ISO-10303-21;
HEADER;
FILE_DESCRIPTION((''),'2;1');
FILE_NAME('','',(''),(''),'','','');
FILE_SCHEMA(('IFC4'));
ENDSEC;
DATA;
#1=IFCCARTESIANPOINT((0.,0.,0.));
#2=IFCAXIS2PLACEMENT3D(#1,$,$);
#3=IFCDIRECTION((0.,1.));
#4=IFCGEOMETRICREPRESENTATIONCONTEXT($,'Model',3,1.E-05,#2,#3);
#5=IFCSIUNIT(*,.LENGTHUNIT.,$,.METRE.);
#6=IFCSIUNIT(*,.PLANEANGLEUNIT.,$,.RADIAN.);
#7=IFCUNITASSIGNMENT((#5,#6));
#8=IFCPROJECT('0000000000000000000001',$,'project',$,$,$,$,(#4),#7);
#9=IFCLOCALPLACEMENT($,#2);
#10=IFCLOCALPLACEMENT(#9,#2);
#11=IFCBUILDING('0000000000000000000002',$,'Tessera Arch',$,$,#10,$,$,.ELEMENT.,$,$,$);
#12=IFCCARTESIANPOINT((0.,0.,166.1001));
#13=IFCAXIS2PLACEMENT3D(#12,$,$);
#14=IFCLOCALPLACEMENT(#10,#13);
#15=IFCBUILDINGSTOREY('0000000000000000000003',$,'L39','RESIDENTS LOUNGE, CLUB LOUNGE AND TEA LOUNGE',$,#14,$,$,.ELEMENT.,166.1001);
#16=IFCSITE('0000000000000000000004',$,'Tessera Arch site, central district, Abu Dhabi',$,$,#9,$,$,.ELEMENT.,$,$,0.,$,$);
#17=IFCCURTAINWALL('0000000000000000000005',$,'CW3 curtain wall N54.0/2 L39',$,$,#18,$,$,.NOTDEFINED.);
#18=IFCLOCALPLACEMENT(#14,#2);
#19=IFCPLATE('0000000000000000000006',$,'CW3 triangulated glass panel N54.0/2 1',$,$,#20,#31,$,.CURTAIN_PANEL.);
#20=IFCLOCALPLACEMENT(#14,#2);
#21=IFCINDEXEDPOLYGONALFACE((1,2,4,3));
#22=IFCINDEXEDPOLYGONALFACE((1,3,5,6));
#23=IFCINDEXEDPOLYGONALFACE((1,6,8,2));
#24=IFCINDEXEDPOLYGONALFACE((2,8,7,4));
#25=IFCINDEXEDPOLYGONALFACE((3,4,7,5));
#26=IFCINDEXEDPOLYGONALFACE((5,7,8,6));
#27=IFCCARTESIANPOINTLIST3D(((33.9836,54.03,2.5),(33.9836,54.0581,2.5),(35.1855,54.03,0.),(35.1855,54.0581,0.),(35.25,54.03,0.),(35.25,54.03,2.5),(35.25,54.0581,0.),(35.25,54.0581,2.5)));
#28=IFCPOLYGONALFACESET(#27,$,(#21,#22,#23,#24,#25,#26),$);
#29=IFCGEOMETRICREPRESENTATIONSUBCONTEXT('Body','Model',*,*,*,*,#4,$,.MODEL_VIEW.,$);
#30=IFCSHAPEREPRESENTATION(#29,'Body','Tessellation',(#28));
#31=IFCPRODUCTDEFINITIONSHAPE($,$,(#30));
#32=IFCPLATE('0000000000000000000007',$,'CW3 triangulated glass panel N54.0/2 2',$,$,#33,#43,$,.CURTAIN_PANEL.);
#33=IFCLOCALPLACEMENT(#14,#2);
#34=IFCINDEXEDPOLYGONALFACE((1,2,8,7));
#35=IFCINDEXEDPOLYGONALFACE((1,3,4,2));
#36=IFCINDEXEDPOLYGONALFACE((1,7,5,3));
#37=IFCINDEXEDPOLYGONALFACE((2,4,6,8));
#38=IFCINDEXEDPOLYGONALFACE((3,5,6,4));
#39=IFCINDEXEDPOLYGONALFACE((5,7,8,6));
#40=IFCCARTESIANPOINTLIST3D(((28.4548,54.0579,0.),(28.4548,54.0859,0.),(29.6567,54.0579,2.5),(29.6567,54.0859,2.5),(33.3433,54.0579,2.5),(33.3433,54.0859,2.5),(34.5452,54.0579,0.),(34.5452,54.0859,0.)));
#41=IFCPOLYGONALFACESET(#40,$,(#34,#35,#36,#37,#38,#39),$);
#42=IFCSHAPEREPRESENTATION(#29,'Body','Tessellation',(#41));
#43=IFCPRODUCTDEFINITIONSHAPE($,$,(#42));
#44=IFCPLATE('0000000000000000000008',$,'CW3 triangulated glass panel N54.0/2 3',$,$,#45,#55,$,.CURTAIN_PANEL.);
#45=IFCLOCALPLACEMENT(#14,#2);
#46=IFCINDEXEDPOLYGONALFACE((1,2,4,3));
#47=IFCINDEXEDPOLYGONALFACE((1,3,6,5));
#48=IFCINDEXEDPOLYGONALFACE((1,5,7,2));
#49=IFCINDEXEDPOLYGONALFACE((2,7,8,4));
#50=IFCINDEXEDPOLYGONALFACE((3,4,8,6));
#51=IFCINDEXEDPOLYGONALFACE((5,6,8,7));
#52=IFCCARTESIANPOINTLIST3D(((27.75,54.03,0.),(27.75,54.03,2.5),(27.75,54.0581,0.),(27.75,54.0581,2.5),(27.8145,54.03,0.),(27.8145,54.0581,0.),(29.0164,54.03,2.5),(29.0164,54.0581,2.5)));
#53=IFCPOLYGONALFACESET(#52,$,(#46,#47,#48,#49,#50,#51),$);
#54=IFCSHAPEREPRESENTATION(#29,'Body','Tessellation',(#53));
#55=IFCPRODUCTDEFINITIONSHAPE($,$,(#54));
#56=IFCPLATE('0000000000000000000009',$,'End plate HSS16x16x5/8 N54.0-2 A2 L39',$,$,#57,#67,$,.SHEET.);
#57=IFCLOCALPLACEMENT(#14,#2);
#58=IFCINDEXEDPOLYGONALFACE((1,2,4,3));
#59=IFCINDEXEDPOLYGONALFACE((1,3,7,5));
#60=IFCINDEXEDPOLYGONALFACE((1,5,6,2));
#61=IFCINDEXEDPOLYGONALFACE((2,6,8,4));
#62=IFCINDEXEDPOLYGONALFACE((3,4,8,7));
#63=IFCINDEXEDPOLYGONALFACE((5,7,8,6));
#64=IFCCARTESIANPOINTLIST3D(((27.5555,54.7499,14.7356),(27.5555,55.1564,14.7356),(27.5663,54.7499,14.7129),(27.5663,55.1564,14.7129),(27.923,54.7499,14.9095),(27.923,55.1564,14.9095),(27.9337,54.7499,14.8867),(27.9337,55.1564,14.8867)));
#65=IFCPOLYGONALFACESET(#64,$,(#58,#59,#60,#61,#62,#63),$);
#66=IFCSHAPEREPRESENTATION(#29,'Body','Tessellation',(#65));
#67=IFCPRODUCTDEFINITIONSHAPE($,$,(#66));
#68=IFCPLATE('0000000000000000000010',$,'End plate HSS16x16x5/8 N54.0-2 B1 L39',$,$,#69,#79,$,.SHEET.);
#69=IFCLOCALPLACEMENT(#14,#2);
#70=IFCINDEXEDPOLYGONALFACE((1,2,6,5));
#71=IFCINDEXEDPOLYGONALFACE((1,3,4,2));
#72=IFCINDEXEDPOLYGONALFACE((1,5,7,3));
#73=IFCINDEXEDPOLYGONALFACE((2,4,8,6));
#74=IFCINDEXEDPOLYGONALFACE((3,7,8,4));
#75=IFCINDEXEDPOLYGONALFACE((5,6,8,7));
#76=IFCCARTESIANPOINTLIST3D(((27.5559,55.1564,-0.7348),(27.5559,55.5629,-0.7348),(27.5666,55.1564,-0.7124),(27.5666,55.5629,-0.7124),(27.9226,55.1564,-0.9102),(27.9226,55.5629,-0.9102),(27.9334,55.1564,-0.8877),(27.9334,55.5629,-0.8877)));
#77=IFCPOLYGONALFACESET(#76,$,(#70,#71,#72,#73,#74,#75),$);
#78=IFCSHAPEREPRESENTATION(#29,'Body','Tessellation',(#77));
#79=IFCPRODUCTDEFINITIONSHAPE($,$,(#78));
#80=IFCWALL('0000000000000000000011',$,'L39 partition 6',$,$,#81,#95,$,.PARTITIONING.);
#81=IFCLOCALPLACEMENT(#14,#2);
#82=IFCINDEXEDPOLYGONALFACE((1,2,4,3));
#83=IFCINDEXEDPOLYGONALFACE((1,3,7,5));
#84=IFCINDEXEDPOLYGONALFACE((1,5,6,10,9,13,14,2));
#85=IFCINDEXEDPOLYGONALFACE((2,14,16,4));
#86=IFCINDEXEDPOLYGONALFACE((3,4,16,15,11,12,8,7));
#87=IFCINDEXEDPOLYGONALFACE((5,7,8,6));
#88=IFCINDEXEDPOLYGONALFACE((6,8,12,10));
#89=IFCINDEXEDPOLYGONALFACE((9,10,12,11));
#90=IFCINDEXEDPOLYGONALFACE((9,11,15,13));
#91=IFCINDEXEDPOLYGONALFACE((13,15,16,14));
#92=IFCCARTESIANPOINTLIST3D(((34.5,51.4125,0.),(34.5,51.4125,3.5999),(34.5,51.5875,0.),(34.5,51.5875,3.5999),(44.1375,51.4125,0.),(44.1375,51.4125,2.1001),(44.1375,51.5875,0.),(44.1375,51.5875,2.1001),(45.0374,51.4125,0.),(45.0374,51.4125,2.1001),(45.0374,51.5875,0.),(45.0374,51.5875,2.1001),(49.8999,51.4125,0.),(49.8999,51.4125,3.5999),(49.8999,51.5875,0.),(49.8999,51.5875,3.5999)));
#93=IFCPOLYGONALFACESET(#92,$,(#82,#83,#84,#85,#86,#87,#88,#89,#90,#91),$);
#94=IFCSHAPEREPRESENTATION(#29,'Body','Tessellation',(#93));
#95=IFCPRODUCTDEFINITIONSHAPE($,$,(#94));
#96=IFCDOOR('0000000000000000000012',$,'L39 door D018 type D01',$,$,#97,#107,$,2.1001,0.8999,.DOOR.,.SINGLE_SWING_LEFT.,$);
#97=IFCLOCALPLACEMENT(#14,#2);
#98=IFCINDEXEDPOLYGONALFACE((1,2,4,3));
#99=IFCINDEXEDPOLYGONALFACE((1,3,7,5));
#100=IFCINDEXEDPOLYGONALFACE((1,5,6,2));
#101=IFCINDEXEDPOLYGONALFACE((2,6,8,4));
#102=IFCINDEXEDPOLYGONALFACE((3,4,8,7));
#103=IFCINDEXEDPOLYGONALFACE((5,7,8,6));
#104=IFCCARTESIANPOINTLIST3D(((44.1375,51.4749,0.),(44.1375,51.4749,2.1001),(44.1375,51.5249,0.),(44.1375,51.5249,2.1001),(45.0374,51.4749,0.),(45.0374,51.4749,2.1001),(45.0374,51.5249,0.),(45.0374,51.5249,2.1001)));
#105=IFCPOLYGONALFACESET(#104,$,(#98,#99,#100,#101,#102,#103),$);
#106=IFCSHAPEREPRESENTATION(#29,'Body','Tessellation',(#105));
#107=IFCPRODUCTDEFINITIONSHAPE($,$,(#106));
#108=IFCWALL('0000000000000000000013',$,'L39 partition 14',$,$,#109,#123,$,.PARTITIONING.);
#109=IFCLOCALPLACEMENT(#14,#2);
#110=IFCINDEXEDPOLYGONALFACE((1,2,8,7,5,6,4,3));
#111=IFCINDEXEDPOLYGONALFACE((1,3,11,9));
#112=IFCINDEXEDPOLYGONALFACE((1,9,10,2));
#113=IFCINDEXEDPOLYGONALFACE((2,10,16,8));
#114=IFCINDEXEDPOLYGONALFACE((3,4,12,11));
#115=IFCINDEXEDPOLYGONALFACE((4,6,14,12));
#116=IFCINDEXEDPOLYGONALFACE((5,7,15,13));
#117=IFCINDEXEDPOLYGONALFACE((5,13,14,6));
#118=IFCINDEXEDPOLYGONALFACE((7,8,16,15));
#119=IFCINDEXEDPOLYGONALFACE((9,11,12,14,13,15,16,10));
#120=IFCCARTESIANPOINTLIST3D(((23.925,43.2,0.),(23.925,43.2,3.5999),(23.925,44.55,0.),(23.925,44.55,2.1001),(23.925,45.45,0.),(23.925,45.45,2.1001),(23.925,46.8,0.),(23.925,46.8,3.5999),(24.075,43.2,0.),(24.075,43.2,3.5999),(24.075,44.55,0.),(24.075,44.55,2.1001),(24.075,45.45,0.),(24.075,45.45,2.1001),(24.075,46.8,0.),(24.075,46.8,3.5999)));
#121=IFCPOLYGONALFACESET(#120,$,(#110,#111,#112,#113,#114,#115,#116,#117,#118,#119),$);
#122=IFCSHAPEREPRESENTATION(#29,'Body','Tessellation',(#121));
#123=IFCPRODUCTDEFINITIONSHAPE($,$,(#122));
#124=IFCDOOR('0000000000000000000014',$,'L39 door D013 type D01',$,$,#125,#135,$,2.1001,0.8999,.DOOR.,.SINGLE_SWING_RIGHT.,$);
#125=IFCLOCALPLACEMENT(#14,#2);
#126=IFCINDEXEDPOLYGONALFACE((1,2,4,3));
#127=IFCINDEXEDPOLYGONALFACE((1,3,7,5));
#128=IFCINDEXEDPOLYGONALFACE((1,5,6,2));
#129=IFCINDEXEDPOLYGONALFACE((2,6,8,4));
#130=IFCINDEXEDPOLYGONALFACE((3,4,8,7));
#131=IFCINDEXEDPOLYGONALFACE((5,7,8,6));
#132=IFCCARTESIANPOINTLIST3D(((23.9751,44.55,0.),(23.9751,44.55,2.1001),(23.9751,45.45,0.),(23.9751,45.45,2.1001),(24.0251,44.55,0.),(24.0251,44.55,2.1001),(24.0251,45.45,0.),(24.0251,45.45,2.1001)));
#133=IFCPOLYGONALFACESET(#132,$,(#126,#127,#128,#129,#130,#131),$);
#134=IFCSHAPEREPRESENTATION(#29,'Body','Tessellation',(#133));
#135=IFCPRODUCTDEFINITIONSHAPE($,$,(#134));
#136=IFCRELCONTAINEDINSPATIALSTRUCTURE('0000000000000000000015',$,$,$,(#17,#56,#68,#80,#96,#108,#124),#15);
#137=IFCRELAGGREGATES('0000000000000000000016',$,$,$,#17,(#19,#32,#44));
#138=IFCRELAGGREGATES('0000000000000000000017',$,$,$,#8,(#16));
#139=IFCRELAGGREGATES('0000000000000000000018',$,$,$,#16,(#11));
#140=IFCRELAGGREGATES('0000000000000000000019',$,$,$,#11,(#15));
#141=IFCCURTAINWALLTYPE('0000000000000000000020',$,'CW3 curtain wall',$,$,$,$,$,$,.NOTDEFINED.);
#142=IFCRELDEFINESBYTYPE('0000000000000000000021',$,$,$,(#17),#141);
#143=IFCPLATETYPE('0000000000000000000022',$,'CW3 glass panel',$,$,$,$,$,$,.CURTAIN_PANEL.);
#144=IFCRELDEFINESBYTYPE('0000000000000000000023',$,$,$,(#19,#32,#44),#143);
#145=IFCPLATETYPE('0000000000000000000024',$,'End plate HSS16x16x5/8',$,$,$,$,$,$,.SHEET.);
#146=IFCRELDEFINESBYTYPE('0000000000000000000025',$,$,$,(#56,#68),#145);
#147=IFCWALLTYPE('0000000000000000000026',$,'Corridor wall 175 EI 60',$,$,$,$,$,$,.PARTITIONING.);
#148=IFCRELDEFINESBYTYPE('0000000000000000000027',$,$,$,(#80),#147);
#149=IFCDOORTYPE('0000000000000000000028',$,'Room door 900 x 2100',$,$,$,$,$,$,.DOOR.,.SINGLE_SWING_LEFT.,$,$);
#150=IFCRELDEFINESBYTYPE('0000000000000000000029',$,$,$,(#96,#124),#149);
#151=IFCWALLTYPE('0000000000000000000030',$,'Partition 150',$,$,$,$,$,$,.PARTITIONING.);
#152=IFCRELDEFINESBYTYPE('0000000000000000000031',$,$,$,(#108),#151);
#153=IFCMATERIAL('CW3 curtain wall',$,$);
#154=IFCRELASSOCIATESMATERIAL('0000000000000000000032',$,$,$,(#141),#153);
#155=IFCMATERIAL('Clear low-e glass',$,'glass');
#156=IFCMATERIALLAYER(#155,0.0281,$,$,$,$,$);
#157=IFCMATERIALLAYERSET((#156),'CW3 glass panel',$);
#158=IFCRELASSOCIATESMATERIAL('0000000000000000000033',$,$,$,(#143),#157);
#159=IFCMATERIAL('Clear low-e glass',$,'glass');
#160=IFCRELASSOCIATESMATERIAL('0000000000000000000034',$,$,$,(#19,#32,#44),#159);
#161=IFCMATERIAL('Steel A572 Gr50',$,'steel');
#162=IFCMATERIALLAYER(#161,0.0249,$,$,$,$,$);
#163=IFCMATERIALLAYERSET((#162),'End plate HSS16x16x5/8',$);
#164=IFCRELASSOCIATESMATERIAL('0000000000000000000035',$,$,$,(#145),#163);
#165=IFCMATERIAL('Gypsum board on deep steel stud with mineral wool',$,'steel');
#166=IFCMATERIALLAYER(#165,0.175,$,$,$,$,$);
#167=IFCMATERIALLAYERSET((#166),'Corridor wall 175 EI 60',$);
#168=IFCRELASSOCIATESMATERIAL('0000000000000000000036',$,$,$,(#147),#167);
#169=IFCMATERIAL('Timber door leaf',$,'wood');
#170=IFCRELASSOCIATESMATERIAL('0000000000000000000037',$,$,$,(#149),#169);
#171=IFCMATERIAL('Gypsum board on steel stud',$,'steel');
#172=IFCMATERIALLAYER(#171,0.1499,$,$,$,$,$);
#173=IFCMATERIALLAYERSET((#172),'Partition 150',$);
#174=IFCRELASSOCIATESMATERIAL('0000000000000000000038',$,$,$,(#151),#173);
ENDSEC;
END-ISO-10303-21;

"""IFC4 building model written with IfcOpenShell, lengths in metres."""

from ifc_helpers import new_model, si_unit, direction, frame, frame_2d, origin, origin_2d, place, context, subcontext, project, spatial, polyline, rectangle, outline, extrude, material, layer, layer_set, type_object, element, fill, aggregate, save


model = new_model("IFC4")

# Units and contexts
model_context = context("Model", 3, precision=1e-05, world=origin(), true_north=direction((0.0, 1.0)))
body_context = subcontext(model_context, "Body", "Model", "MODEL_VIEW")
ifc_project = project(units=[si_unit("LENGTHUNIT", "METRE"), si_unit("PLANEANGLEUNIT", "RADIAN")], contexts=[model_context])

# Site, building, storey
site_placement = place(None, origin())
site = spatial("IfcSite", under=ifc_project, at=site_placement, Name="Tessera Arch site, central district, Abu Dhabi", CompositionType="ELEMENT", RefElevation=0.0)
building_placement = place(site_placement, origin())
building = spatial("IfcBuilding", under=site, at=building_placement, Name="Tessera Arch", CompositionType="ELEMENT")
storey_placement = place(building_placement, frame((0.0, 0.0, 166.1001)))
storey = spatial("IfcBuildingStorey", under=building, at=storey_placement, Name="L39", Description="RESIDENTS LOUNGE, CLUB LOUNGE AND TEA LOUNGE", CompositionType="ELEMENT", Elevation=166.1001)

# Curtain wall
ifc_material_1 = material(Name="CW3 curtain wall")
curtain_wall_type_1 = type_object("IfcCurtainWallType", Name="CW3 curtain wall", PredefinedType="NOTDEFINED", material=ifc_material_1)
curtain_wall_1_placement = place(storey_placement, origin())
curtain_wall_1 = element("IfcCurtainWall", 1, at=curtain_wall_1_placement, inside=storey, type_object=curtain_wall_type_1, Name="CW3 curtain wall N54.0/2 L39", PredefinedType="NOTDEFINED")

# Plates
ifc_material_2 = material(Name="Clear low-e glass", Category="glass")
ifc_material_3 = material(Name="Clear low-e glass", Category="glass")
ifc_layer_1 = layer(ifc_material_3, 0.0281)
ifc_layer_set_1 = layer_set([ifc_layer_1], Name="CW3 glass panel")
plate_type_1 = type_object("IfcPlateType", Name="CW3 glass panel", PredefinedType="CURTAIN_PANEL", material=ifc_layer_set_1)
plate_1_placement = place(storey_placement, frame((35.25, 54.0581, 0.0), z_axis=(0.0, 1.0, 0.0), x_axis=(-1.0, 0.0, 0.0)))
plate_1 = element("IfcPlate", 2, at=plate_1_placement, type_object=plate_type_1, material=ifc_material_2, Name="CW3 triangulated glass panel N54.0/2 1", PredefinedType="CURTAIN_PANEL", context=body_context, shape_type="SweptSolid", body=[
    extrude(outline(polyline([(0.0, 0.0), (0.0645, 0.0), (1.2664, 2.5), (0.0, 2.5), (0.0, 0.0)])), origin(), (0.0, 0.0, -1.0), 0.0281),
])
plate_2_placement = place(storey_placement, frame((29.6567, 54.0859, 2.5), z_axis=(0.0, 1.0, 0.0), x_axis=(1.0, 0.0, 0.0)))
plate_2 = element("IfcPlate", 3, at=plate_2_placement, type_object=plate_type_1, material=ifc_material_2, Name="CW3 triangulated glass panel N54.0/2 2", PredefinedType="CURTAIN_PANEL", context=body_context, shape_type="SweptSolid", body=[
    extrude(outline(polyline([(0.0, 0.0), (3.6865, 0.0), (4.8884, 2.5), (-1.2019, 2.5), (0.0, 0.0)])), origin(), (0.0, 0.0, -1.0), 0.0281),
])
plate_3_placement = place(storey_placement, frame((27.75, 54.0581, 2.5), z_axis=(0.0, 1.0, 0.0), x_axis=(1.0, 0.0, 0.0)))
plate_3 = element("IfcPlate", 4, at=plate_3_placement, type_object=plate_type_1, material=ifc_material_2, Name="CW3 triangulated glass panel N54.0/2 3", PredefinedType="CURTAIN_PANEL", context=body_context, shape_type="SweptSolid", body=[
    extrude(outline(polyline([(0.0, 0.0), (1.2664, 0.0), (0.0645, 2.5), (0.0, 2.5), (0.0, 0.0)])), origin(), (0.0, 0.0, -1.0), 0.0281),
])
aggregate(curtain_wall_1, [plate_1, plate_2, plate_3])

# Plates
ifc_material_4 = material(Name="Steel A572 Gr50", Category="steel")
ifc_layer_2 = layer(ifc_material_4, 0.0249)
ifc_layer_set_2 = layer_set([ifc_layer_2], Name="End plate HSS16x16x5/8")
plate_type_2 = type_object("IfcPlateType", Name="End plate HSS16x16x5/8", PredefinedType="SHEET", material=ifc_layer_set_2)
plate_4_placement = place(storey_placement, frame((27.75, 54.9531, 14.7998), z_axis=(-0.427668, 0.0, 0.903936), x_axis=(0.0, -1.0, 0.0)))
element("IfcPlate", 5, at=plate_4_placement, inside=storey, type_object=plate_type_2, Name="End plate HSS16x16x5/8 N54.0-2 A2 L39", PredefinedType="SHEET", context=body_context, shape_type="SweptSolid", body=[
    extrude(rectangle(XDim=0.4065, YDim=0.4065, at=origin_2d()), origin(), (0.0, 0.0, 1.0), 0.0251),
])
plate_5_placement = place(storey_placement, frame((27.7393, 55.3596, -0.8225), z_axis=(0.431455, 0.0, 0.902134), x_axis=(0.0, 1.0, 0.0)))
element("IfcPlate", 6, at=plate_5_placement, inside=storey, type_object=plate_type_2, Name="End plate HSS16x16x5/8 N54.0-2 B1 L39", PredefinedType="SHEET", context=body_context, shape_type="SweptSolid", body=[
    extrude(rectangle(XDim=0.4065, YDim=0.4065, at=origin_2d()), origin(), (0.0, 0.0, 1.0), 0.0249),
])

# Walls, openings, doors
ifc_material_5 = material(Name="Gypsum board on deep steel stud with mineral wool", Category="steel")
ifc_layer_3 = layer(ifc_material_5, 0.175)
ifc_layer_set_3 = layer_set([ifc_layer_3], Name="Corridor wall 175 EI 60")
wall_type_1 = type_object("IfcWallType", Name="Corridor wall 175 EI 60", PredefinedType="PARTITIONING", material=ifc_layer_set_3)
wall_1_placement = place(storey_placement, frame((34.5, 51.5, 0.0), z_axis=(0.0, 0.0, 1.0), x_axis=(1.0, 0.0, 0.0)))
wall_1 = element("IfcWall", 7, at=wall_1_placement, inside=storey, type_object=wall_type_1, Name="L39 partition 6", PredefinedType="PARTITIONING", context=body_context, shape_type="SweptSolid", body=[
    extrude(rectangle(XDim=15.3999, YDim=0.175, at=frame_2d((7.7, 0.0))), origin(), (0.0, 0.0, 1.0), 3.5999),
])
opening_1_placement = place(wall_1_placement, frame((9.6375, 0.0, 0.0)))
opening_1 = element("IfcOpeningElement", 8, at=opening_1_placement, cuts=wall_1, PredefinedType="OPENING", context=body_context, shape_type="SweptSolid", body=[
    extrude(rectangle(XDim=0.8999, YDim=2.1001, at=frame_2d((0.45, 1.05))), frame((0.0, 0.0974, 0.0), z_axis=(0.0, -1.0, 0.0), x_axis=(1.0, 0.0, 0.0)), (0.0, 0.0, 1.0), 0.1951),
])
ifc_material_6 = material(Name="Timber door leaf", Category="wood")
door_type = type_object("IfcDoorType", Name="Room door 900 x 2100", OperationType="SINGLE_SWING_LEFT", PredefinedType="DOOR", material=ifc_material_6)
door_1_placement = place(opening_1_placement, origin())
door_1 = element("IfcDoor", 9, at=door_1_placement, inside=storey, type_object=door_type, Name="L39 door D018 type D01", OperationType="SINGLE_SWING_LEFT", OverallHeight=2.1001, OverallWidth=0.8999, PredefinedType="DOOR", context=body_context, shape_type="SweptSolid", body=[
    extrude(rectangle(XDim=0.8999, YDim=2.1001, at=frame_2d((0.45, 1.05))), frame((0.0, 0.0249, 0.0), z_axis=(0.0, -1.0, 0.0), x_axis=(1.0, 0.0, 0.0)), (0.0, 0.0, 1.0), 0.05),
])
fill(opening_1, door_1)
ifc_material_7 = material(Name="Gypsum board on steel stud", Category="steel")
ifc_layer_4 = layer(ifc_material_7, 0.1499)
ifc_layer_set_4 = layer_set([ifc_layer_4], Name="Partition 150")
wall_type_2 = type_object("IfcWallType", Name="Partition 150", PredefinedType="PARTITIONING", material=ifc_layer_set_4)
wall_2_placement = place(storey_placement, frame((24.0, 43.2, 0.0), z_axis=(0.0, 0.0, 1.0), x_axis=(0.0, 1.0, 0.0)))
wall_2 = element("IfcWall", 10, at=wall_2_placement, inside=storey, type_object=wall_type_2, Name="L39 partition 14", PredefinedType="PARTITIONING", context=body_context, shape_type="SweptSolid", body=[
    extrude(rectangle(XDim=3.6001, YDim=0.1499, at=frame_2d((1.8, 0.0))), origin(), (0.0, 0.0, 1.0), 3.5999),
])
opening_2_placement = place(wall_2_placement, frame((1.3501, 0.0, 0.0)))
opening_2 = element("IfcOpeningElement", 11, at=opening_2_placement, cuts=wall_2, PredefinedType="OPENING", context=body_context, shape_type="SweptSolid", body=[
    extrude(rectangle(XDim=0.8999, YDim=2.1001, at=frame_2d((0.45, 1.05))), frame((0.0, 0.085, 0.0), z_axis=(0.0, -1.0, 0.0), x_axis=(1.0, 0.0, 0.0)), (0.0, 0.0, 1.0), 0.1699),
])
door_2_placement = place(opening_2_placement, origin())
door_2 = element("IfcDoor", 12, at=door_2_placement, inside=storey, type_object=door_type, Name="L39 door D013 type D01", OperationType="SINGLE_SWING_RIGHT", OverallHeight=2.1001, OverallWidth=0.8999, PredefinedType="DOOR", context=body_context, shape_type="SweptSolid", body=[
    extrude(rectangle(XDim=0.8999, YDim=2.1001, at=frame_2d((0.45, 1.05))), frame((0.0, 0.0249, 0.0), z_axis=(0.0, -1.0, 0.0), x_axis=(1.0, 0.0, 0.0)), (0.0, 0.0, 1.0), 0.05),
])
fill(opening_2, door_2)

save(model, "model.ifc")
